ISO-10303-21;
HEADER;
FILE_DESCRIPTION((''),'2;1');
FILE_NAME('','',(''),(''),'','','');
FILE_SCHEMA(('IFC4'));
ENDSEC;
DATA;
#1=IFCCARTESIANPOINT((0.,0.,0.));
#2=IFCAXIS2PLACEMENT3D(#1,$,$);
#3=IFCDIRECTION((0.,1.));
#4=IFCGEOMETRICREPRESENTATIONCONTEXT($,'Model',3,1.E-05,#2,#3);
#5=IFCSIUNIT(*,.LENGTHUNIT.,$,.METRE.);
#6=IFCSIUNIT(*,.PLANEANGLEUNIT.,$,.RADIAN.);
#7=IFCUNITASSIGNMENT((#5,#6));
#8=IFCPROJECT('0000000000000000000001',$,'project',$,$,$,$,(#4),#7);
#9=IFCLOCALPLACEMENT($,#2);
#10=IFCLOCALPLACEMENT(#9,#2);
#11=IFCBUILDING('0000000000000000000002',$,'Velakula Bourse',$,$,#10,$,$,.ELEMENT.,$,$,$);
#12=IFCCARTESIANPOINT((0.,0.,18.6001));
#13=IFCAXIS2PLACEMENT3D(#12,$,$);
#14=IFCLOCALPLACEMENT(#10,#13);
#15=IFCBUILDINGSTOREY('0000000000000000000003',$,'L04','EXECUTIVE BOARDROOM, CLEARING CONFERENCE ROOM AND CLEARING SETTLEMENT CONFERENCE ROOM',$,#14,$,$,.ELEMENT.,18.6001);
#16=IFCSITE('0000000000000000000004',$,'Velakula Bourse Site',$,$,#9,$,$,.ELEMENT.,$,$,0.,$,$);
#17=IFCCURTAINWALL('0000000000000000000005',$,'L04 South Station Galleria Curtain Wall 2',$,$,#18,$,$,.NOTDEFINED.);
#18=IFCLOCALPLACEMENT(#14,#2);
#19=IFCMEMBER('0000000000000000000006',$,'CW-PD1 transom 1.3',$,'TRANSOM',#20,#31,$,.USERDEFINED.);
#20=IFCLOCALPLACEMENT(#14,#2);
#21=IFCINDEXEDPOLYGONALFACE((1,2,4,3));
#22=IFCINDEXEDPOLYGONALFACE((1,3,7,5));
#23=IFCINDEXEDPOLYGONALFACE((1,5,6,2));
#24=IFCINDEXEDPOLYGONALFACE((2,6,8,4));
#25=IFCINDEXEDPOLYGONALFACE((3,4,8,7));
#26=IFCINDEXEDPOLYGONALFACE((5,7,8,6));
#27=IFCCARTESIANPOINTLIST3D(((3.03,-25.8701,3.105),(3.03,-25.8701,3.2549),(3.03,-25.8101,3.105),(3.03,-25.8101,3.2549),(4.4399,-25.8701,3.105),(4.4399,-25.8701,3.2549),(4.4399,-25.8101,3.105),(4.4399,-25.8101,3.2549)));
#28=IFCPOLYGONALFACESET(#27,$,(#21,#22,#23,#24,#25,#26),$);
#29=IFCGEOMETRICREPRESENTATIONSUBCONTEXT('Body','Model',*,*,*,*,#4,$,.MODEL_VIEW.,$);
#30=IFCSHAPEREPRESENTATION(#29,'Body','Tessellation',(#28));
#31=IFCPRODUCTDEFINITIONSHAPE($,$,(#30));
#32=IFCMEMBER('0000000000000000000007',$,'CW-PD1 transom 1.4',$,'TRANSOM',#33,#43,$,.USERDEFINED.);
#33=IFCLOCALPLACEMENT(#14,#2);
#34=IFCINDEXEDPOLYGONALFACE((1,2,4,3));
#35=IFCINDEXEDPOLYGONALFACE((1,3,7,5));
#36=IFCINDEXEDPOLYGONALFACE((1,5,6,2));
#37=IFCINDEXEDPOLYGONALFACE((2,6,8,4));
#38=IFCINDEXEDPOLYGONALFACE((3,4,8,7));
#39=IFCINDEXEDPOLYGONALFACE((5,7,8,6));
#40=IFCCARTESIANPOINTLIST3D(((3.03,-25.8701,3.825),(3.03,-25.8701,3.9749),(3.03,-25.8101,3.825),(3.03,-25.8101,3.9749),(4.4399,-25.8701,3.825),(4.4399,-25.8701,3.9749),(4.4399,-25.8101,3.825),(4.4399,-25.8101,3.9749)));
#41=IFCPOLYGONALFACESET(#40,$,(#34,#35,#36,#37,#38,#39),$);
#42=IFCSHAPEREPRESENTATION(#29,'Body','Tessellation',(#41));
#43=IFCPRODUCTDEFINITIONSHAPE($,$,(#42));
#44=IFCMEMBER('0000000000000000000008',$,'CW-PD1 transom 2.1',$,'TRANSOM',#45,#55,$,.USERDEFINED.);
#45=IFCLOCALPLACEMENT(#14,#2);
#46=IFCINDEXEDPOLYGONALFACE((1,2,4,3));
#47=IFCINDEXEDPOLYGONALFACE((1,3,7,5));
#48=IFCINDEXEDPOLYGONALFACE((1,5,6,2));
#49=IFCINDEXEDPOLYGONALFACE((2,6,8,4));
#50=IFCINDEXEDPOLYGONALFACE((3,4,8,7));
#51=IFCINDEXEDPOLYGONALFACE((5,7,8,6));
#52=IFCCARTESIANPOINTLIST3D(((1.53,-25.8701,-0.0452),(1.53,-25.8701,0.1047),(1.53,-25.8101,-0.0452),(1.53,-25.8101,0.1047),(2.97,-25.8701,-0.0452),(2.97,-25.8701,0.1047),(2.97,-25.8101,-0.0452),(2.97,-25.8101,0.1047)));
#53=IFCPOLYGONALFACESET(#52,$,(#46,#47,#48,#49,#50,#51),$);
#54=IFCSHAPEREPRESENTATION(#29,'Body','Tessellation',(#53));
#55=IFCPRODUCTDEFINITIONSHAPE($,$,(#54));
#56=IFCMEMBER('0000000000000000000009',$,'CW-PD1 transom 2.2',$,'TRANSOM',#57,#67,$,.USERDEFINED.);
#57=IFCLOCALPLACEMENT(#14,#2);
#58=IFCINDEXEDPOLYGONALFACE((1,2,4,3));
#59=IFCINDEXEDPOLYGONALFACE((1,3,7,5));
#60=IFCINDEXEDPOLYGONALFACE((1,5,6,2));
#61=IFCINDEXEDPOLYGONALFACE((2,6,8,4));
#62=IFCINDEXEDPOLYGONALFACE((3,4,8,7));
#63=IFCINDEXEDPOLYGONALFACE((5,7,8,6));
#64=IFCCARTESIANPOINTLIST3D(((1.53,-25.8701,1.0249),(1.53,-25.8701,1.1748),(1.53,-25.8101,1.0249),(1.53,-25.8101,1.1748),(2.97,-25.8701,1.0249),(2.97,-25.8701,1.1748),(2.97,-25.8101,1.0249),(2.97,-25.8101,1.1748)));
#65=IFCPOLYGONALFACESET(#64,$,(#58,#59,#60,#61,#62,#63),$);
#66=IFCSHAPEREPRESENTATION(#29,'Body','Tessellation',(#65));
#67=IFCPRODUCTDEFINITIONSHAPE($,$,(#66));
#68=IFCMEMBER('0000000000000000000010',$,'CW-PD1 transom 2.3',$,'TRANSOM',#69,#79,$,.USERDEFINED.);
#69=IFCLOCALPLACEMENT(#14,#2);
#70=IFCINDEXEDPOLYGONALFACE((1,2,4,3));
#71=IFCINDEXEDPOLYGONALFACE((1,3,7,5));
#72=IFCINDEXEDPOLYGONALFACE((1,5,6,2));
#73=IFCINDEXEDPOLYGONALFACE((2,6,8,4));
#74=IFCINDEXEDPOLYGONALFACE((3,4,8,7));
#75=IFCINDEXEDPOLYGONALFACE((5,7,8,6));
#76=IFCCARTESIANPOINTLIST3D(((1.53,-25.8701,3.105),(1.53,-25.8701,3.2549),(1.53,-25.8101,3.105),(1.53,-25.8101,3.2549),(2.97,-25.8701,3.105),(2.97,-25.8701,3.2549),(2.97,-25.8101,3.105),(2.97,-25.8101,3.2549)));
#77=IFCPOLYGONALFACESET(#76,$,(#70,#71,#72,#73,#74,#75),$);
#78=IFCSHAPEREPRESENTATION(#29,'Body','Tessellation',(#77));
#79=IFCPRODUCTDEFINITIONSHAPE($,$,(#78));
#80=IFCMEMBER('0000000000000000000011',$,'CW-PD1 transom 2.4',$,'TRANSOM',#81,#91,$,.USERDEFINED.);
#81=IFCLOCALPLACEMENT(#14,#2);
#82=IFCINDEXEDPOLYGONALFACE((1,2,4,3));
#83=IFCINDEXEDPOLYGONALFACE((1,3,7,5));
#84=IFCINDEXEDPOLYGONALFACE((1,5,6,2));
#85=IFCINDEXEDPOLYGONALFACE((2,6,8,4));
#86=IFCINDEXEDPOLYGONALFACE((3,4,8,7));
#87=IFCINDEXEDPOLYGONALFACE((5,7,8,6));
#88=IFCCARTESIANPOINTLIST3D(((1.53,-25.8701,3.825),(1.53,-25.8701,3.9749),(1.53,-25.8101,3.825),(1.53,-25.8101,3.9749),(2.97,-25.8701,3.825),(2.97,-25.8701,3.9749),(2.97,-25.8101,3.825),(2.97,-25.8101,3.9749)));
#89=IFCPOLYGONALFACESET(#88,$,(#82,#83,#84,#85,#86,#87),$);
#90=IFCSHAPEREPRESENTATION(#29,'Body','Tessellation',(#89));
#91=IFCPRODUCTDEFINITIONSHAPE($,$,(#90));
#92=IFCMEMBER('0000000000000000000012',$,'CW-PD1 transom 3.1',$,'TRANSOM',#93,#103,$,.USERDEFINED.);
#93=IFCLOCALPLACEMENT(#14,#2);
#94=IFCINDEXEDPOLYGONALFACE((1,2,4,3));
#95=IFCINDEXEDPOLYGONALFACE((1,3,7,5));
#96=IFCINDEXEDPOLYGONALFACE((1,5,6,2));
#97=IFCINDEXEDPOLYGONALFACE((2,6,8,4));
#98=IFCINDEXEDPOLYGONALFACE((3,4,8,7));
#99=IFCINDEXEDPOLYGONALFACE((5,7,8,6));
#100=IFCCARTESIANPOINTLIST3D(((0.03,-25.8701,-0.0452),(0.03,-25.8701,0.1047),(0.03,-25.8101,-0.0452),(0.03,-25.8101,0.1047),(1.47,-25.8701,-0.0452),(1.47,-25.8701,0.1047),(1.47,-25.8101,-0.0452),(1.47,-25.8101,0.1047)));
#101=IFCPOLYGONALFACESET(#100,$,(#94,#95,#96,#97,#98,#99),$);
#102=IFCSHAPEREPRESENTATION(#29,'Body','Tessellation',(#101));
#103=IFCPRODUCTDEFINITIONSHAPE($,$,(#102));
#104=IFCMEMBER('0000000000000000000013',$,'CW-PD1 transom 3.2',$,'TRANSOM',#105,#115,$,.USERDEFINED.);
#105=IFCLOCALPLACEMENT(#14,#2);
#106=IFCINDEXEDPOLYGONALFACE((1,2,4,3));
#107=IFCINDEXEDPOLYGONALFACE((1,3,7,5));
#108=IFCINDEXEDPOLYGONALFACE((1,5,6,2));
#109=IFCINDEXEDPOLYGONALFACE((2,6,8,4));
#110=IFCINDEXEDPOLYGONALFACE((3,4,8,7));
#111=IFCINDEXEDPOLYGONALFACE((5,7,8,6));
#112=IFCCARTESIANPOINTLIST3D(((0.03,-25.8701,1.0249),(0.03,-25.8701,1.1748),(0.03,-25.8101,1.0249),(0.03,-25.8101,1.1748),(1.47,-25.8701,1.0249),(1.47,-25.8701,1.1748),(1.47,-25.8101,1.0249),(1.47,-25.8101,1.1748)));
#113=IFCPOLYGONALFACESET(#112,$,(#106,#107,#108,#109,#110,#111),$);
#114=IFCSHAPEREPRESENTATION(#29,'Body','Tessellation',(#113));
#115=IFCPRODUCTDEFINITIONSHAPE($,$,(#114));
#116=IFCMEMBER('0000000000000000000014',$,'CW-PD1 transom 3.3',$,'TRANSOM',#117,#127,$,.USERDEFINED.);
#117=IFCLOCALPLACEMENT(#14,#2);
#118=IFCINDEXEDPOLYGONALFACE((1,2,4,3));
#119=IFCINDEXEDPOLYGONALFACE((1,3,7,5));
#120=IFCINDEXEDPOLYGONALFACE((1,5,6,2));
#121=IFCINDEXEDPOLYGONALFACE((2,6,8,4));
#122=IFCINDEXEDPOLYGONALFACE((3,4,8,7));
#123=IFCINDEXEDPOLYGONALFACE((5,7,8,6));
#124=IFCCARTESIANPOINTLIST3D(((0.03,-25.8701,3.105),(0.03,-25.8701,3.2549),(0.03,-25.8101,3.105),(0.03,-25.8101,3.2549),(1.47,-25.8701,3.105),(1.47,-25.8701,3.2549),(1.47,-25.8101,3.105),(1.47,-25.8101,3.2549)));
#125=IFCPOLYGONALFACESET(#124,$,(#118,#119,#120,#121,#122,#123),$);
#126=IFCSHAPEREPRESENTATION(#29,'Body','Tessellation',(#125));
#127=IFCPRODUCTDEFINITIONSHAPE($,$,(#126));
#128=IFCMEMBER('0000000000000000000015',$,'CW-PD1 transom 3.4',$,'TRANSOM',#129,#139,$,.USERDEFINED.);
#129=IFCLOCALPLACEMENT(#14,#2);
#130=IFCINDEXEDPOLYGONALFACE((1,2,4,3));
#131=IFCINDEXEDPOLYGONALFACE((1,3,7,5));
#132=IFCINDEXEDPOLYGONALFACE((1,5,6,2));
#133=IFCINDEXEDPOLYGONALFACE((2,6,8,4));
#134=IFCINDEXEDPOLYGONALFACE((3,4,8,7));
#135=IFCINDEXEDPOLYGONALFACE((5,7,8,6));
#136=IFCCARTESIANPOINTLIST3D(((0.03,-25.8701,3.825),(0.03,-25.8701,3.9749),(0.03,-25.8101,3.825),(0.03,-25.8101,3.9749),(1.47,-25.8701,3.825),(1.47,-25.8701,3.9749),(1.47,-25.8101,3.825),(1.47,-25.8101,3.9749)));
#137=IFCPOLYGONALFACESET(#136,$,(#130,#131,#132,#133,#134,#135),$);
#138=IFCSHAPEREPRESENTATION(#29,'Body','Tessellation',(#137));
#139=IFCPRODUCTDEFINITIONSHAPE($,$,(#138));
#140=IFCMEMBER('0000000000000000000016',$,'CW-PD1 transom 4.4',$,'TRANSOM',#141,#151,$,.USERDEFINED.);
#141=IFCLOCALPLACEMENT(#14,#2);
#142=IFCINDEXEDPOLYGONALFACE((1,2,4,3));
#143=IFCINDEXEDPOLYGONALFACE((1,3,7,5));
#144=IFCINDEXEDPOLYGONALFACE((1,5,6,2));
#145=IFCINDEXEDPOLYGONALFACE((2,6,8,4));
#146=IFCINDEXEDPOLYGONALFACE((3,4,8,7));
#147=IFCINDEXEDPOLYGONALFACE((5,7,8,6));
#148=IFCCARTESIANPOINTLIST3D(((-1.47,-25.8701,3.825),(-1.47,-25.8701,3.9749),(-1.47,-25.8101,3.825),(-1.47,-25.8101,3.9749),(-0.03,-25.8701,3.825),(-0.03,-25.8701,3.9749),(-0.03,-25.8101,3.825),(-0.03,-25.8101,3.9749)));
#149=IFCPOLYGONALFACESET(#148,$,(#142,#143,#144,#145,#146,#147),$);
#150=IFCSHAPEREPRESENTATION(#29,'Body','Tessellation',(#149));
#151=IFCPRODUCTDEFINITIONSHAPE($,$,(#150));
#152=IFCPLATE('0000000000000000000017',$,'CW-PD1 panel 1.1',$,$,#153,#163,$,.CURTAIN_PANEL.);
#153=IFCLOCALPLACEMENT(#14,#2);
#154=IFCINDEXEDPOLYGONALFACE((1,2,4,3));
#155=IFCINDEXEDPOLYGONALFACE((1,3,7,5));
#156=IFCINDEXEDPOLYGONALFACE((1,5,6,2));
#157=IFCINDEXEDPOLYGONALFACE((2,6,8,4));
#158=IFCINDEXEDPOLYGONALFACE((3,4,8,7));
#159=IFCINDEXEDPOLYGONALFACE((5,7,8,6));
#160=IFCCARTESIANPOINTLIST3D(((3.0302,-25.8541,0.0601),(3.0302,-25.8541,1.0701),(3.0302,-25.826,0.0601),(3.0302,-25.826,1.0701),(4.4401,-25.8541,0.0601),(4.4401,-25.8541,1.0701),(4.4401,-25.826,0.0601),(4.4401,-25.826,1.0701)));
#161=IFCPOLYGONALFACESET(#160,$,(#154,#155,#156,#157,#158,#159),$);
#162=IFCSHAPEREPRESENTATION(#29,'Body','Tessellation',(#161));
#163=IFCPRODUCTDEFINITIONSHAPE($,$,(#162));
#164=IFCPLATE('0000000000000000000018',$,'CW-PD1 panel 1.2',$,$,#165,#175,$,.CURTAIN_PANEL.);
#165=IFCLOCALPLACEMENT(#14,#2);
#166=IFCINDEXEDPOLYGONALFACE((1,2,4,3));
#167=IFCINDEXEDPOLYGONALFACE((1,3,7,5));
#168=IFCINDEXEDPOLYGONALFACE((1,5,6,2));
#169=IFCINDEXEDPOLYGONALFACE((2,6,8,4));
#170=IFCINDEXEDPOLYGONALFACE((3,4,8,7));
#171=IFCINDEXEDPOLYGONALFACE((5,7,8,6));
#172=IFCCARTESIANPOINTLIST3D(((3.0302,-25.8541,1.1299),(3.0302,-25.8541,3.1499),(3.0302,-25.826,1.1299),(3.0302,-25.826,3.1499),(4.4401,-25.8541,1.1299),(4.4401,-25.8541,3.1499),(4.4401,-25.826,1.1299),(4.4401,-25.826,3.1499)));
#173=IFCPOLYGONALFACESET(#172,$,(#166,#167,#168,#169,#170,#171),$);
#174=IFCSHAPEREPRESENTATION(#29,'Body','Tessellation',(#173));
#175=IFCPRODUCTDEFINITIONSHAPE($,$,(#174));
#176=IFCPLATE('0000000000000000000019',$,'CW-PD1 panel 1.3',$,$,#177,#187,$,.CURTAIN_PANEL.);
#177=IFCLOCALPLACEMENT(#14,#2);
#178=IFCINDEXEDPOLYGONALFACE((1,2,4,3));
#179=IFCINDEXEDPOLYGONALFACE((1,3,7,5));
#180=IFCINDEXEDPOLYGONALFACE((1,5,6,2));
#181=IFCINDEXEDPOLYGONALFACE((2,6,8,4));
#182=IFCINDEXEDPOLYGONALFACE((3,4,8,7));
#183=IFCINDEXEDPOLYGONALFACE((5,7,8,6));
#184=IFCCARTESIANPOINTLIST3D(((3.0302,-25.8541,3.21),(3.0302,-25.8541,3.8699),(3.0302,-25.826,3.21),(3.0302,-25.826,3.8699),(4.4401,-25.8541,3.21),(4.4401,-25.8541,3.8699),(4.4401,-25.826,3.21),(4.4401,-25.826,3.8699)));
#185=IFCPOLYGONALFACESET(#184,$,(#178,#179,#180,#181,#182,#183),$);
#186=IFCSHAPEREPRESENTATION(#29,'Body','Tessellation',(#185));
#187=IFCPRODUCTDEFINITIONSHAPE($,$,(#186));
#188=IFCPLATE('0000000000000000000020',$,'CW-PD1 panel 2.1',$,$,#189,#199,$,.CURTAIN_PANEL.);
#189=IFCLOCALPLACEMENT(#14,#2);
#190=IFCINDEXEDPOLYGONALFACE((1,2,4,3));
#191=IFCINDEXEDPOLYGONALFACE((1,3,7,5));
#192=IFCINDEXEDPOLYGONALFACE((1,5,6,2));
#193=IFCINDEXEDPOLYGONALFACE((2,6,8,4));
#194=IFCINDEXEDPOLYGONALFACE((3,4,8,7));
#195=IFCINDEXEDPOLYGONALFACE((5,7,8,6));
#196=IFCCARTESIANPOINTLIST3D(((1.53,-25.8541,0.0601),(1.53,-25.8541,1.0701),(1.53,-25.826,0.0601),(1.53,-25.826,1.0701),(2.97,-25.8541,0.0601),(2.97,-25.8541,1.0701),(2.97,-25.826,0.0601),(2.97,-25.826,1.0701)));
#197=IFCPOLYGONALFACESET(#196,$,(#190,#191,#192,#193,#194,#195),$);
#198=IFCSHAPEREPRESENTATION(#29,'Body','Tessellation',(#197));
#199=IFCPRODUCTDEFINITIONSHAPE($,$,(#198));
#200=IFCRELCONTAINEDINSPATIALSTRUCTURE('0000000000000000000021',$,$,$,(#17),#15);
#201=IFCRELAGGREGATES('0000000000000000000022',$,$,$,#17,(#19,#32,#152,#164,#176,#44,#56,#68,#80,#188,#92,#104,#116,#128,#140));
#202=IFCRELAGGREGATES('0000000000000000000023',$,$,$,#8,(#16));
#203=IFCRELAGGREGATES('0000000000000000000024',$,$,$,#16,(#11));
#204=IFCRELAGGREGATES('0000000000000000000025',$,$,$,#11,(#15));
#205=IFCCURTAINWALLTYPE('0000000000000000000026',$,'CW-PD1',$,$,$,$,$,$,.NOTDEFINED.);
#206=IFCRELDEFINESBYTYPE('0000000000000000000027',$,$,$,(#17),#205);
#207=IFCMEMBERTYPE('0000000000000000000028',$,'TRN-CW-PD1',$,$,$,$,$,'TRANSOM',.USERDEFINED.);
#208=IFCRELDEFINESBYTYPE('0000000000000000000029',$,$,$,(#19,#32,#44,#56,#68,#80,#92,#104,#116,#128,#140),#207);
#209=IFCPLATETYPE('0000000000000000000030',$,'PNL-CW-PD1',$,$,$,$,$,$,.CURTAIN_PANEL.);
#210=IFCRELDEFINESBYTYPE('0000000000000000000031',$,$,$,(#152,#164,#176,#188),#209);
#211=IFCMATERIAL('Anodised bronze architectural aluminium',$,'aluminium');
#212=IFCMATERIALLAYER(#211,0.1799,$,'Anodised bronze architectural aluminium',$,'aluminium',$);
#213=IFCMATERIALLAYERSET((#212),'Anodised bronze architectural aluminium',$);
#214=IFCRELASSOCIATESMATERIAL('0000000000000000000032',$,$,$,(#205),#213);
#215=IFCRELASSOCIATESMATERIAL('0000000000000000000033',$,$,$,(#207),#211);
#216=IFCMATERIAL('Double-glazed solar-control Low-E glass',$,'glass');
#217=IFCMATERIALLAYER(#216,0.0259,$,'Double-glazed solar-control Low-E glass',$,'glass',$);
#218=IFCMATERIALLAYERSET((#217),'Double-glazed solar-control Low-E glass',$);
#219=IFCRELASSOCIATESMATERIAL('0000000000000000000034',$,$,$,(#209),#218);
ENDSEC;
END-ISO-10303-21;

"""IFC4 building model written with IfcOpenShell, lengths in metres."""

from ifc_helpers import new_model, si_unit, direction, frame, origin, origin_2d, place, context, subcontext, project, spatial, rectangle, extrude, material, layer, layer_set, material_profile, profile_set, type_object, element, aggregate, save


model = new_model("IFC4")

# Units and contexts
model_context = context("Model", 3, precision=1e-05, world=origin(), true_north=direction((0.0, 1.0)))
body_context = subcontext(model_context, "Body", "Model", "MODEL_VIEW")
ifc_project = project(units=[si_unit("LENGTHUNIT", "METRE"), si_unit("PLANEANGLEUNIT", "RADIAN")], contexts=[model_context])

# Site, building, storey
site_placement = place(None, origin())
site = spatial("IfcSite", under=ifc_project, at=site_placement, Name="Velakula Bourse Site", CompositionType="ELEMENT", RefElevation=0.0)
building_placement = place(site_placement, origin())
building = spatial("IfcBuilding", under=site, at=building_placement, Name="Velakula Bourse", CompositionType="ELEMENT")
storey_placement = place(building_placement, frame((0.0, 0.0, 18.6001)))
storey = spatial("IfcBuildingStorey", under=building, at=storey_placement, Name="L04", Description="EXECUTIVE BOARDROOM, CLEARING CONFERENCE ROOM AND CLEARING SETTLEMENT CONFERENCE ROOM", CompositionType="ELEMENT", Elevation=18.6001)

# Curtain wall, members, plates
ifc_material_1 = material(Name="Anodised bronze architectural aluminium", Category="aluminium")
ifc_layer_1 = layer(ifc_material_1, 0.1799, Name="Anodised bronze architectural aluminium", Category="aluminium")
ifc_layer_set_1 = layer_set([ifc_layer_1], Name="Anodised bronze architectural aluminium")
curtain_wall_type = type_object("IfcCurtainWallType", Name="CW-PD1", PredefinedType="NOTDEFINED", material=ifc_layer_set_1)
curtain_wall_placement = place(storey_placement, origin())
curtain_wall = element("IfcCurtainWall", 1, at=curtain_wall_placement, inside=storey, type_object=curtain_wall_type, Name="L04 South Station Galleria Curtain Wall 2", PredefinedType="NOTDEFINED")
ifc_material_profile_1 = material_profile(ifc_material_1, rectangle(XDim=0.0601, YDim=0.1499, at=origin_2d()), Name="Anodised bronze architectural aluminium")
ifc_profile_set_1 = profile_set([ifc_material_profile_1], Name="Anodised bronze architectural aluminium")
member_type_1 = type_object("IfcMemberType", Name="TRN-CW-PD1", ElementType="TRANSOM", PredefinedType="USERDEFINED", material=ifc_profile_set_1)
member_1_placement = place(storey_placement, frame((4.4399, -25.8401, 3.1799), z_axis=(-1.0, 0.0, 0.0), x_axis=(0.0, -1.0, 0.0)))
member_1 = element("IfcMember", 2, at=member_1_placement, type_object=member_type_1, Name="CW-PD1 transom 1.3", ObjectType="TRANSOM", PredefinedType="USERDEFINED", context=body_context, shape_type="SweptSolid", body=[
    extrude(rectangle(XDim=0.0601, YDim=0.1499, at=origin_2d()), origin(), (0.0, 0.0, 1.0), 1.4099),
])
member_2_placement = place(storey_placement, frame((4.4399, -25.8401, 3.8999), z_axis=(-1.0, 0.0, 0.0), x_axis=(0.0, -1.0, 0.0)))
member_2 = element("IfcMember", 3, at=member_2_placement, type_object=member_type_1, Name="CW-PD1 transom 1.4", ObjectType="TRANSOM", PredefinedType="USERDEFINED", context=body_context, shape_type="SweptSolid", body=[
    extrude(rectangle(XDim=0.0601, YDim=0.1499, at=origin_2d()), origin(), (0.0, 0.0, 1.0), 1.4099),
])
member_3_placement = place(storey_placement, frame((2.97, -25.8401, 0.0298), z_axis=(-1.0, 0.0, 0.0), x_axis=(0.0, -1.0, 0.0)))
member_3 = element("IfcMember", 4, at=member_3_placement, type_object=member_type_1, Name="CW-PD1 transom 2.1", ObjectType="TRANSOM", PredefinedType="USERDEFINED", context=body_context, shape_type="SweptSolid", body=[
    extrude(rectangle(XDim=0.0601, YDim=0.1499, at=origin_2d()), origin(), (0.0, 0.0, 1.0), 1.4399),
])
member_4_placement = place(storey_placement, frame((2.97, -25.8401, 1.0999), z_axis=(-1.0, 0.0, 0.0), x_axis=(0.0, -1.0, 0.0)))
member_4 = element("IfcMember", 5, at=member_4_placement, type_object=member_type_1, Name="CW-PD1 transom 2.2", ObjectType="TRANSOM", PredefinedType="USERDEFINED", context=body_context, shape_type="SweptSolid", body=[
    extrude(rectangle(XDim=0.0601, YDim=0.1499, at=origin_2d()), origin(), (0.0, 0.0, 1.0), 1.4399),
])
member_5_placement = place(storey_placement, frame((2.97, -25.8401, 3.1799), z_axis=(-1.0, 0.0, 0.0), x_axis=(0.0, -1.0, 0.0)))
member_5 = element("IfcMember", 6, at=member_5_placement, type_object=member_type_1, Name="CW-PD1 transom 2.3", ObjectType="TRANSOM", PredefinedType="USERDEFINED", context=body_context, shape_type="SweptSolid", body=[
    extrude(rectangle(XDim=0.0601, YDim=0.1499, at=origin_2d()), origin(), (0.0, 0.0, 1.0), 1.4399),
])
member_6_placement = place(storey_placement, frame((2.97, -25.8401, 3.8999), z_axis=(-1.0, 0.0, 0.0), x_axis=(0.0, -1.0, 0.0)))
member_6 = element("IfcMember", 7, at=member_6_placement, type_object=member_type_1, Name="CW-PD1 transom 2.4", ObjectType="TRANSOM", PredefinedType="USERDEFINED", context=body_context, shape_type="SweptSolid", body=[
    extrude(rectangle(XDim=0.0601, YDim=0.1499, at=origin_2d()), origin(), (0.0, 0.0, 1.0), 1.4399),
])
member_7_placement = place(storey_placement, frame((1.47, -25.8401, 0.0298), z_axis=(-1.0, 0.0, 0.0), x_axis=(0.0, -1.0, 0.0)))
member_7 = element("IfcMember", 8, at=member_7_placement, type_object=member_type_1, Name="CW-PD1 transom 3.1", ObjectType="TRANSOM", PredefinedType="USERDEFINED", context=body_context, shape_type="SweptSolid", body=[
    extrude(rectangle(XDim=0.0601, YDim=0.1499, at=origin_2d()), origin(), (0.0, 0.0, 1.0), 1.4399),
])
member_8_placement = place(storey_placement, frame((1.47, -25.8401, 1.0999), z_axis=(-1.0, 0.0, 0.0), x_axis=(0.0, -1.0, 0.0)))
member_8 = element("IfcMember", 9, at=member_8_placement, type_object=member_type_1, Name="CW-PD1 transom 3.2", ObjectType="TRANSOM", PredefinedType="USERDEFINED", context=body_context, shape_type="SweptSolid", body=[
    extrude(rectangle(XDim=0.0601, YDim=0.1499, at=origin_2d()), origin(), (0.0, 0.0, 1.0), 1.4399),
])
member_9_placement = place(storey_placement, frame((1.47, -25.8401, 3.1799), z_axis=(-1.0, 0.0, 0.0), x_axis=(0.0, -1.0, 0.0)))
member_9 = element("IfcMember", 10, at=member_9_placement, type_object=member_type_1, Name="CW-PD1 transom 3.3", ObjectType="TRANSOM", PredefinedType="USERDEFINED", context=body_context, shape_type="SweptSolid", body=[
    extrude(rectangle(XDim=0.0601, YDim=0.1499, at=origin_2d()), origin(), (0.0, 0.0, 1.0), 1.4399),
])
member_10_placement = place(storey_placement, frame((1.47, -25.8401, 3.8999), z_axis=(-1.0, 0.0, 0.0), x_axis=(0.0, -1.0, 0.0)))
member_10 = element("IfcMember", 11, at=member_10_placement, type_object=member_type_1, Name="CW-PD1 transom 3.4", ObjectType="TRANSOM", PredefinedType="USERDEFINED", context=body_context, shape_type="SweptSolid", body=[
    extrude(rectangle(XDim=0.0601, YDim=0.1499, at=origin_2d()), origin(), (0.0, 0.0, 1.0), 1.4399),
])
member_11_placement = place(storey_placement, frame((-0.03, -25.8401, 3.8999), z_axis=(-1.0, 0.0, 0.0), x_axis=(0.0, -1.0, 0.0)))
member_11 = element("IfcMember", 12, at=member_11_placement, type_object=member_type_1, Name="CW-PD1 transom 4.4", ObjectType="TRANSOM", PredefinedType="USERDEFINED", context=body_context, shape_type="SweptSolid", body=[
    extrude(rectangle(XDim=0.0601, YDim=0.1499, at=origin_2d()), origin(), (0.0, 0.0, 1.0), 1.4399),
])
ifc_material_2 = material(Name="Double-glazed solar-control Low-E glass", Category="glass")
ifc_layer_2 = layer(ifc_material_2, 0.0259, Name="Double-glazed solar-control Low-E glass", Category="glass")
ifc_layer_set_2 = layer_set([ifc_layer_2], Name="Double-glazed solar-control Low-E glass")
plate_type = type_object("IfcPlateType", Name="PNL-CW-PD1", PredefinedType="CURTAIN_PANEL", material=ifc_layer_set_2)
plate_1_placement = place(storey_placement, frame((3.7351, -25.8401, 0.0601), z_axis=(0.0, 0.0, 1.0), x_axis=(-1.0, 0.0, 0.0)))
plate_1 = element("IfcPlate", 13, at=plate_1_placement, type_object=plate_type, Name="CW-PD1 panel 1.1", PredefinedType="CURTAIN_PANEL", context=body_context, shape_type="SweptSolid", body=[
    extrude(rectangle(XDim=1.4099, YDim=0.0281, at=origin_2d()), origin(), (0.0, 0.0, 1.0), 1.01),
])
plate_2_placement = place(storey_placement, frame((3.7351, -25.8401, 1.1299), z_axis=(0.0, 0.0, 1.0), x_axis=(-1.0, 0.0, 0.0)))
plate_2 = element("IfcPlate", 14, at=plate_2_placement, type_object=plate_type, Name="CW-PD1 panel 1.2", PredefinedType="CURTAIN_PANEL", context=body_context, shape_type="SweptSolid", body=[
    extrude(rectangle(XDim=1.4099, YDim=0.0281, at=origin_2d()), origin(), (0.0, 0.0, 1.0), 2.02),
])
plate_3_placement = place(storey_placement, frame((3.7351, -25.8401, 3.21), z_axis=(0.0, 0.0, 1.0), x_axis=(-1.0, 0.0, 0.0)))
plate_3 = element("IfcPlate", 15, at=plate_3_placement, type_object=plate_type, Name="CW-PD1 panel 1.3", PredefinedType="CURTAIN_PANEL", context=body_context, shape_type="SweptSolid", body=[
    extrude(rectangle(XDim=1.4099, YDim=0.0281, at=origin_2d()), origin(), (0.0, 0.0, 1.0), 0.6599),
])
plate_4_placement = place(storey_placement, frame((2.25, -25.8401, 0.0601), z_axis=(0.0, 0.0, 1.0), x_axis=(-1.0, 0.0, 0.0)))
plate_4 = element("IfcPlate", 16, at=plate_4_placement, type_object=plate_type, Name="CW-PD1 panel 2.1", PredefinedType="CURTAIN_PANEL", context=body_context, shape_type="SweptSolid", body=[
    extrude(rectangle(XDim=1.4399, YDim=0.0281, at=origin_2d()), origin(), (0.0, 0.0, 1.0), 1.01),
])
aggregate(curtain_wall, [member_1, member_2, plate_1, plate_2, plate_3, member_3, member_4, member_5, member_6, plate_4, member_7, member_8, member_9, member_10, member_11])

save(model, "model.ifc")
